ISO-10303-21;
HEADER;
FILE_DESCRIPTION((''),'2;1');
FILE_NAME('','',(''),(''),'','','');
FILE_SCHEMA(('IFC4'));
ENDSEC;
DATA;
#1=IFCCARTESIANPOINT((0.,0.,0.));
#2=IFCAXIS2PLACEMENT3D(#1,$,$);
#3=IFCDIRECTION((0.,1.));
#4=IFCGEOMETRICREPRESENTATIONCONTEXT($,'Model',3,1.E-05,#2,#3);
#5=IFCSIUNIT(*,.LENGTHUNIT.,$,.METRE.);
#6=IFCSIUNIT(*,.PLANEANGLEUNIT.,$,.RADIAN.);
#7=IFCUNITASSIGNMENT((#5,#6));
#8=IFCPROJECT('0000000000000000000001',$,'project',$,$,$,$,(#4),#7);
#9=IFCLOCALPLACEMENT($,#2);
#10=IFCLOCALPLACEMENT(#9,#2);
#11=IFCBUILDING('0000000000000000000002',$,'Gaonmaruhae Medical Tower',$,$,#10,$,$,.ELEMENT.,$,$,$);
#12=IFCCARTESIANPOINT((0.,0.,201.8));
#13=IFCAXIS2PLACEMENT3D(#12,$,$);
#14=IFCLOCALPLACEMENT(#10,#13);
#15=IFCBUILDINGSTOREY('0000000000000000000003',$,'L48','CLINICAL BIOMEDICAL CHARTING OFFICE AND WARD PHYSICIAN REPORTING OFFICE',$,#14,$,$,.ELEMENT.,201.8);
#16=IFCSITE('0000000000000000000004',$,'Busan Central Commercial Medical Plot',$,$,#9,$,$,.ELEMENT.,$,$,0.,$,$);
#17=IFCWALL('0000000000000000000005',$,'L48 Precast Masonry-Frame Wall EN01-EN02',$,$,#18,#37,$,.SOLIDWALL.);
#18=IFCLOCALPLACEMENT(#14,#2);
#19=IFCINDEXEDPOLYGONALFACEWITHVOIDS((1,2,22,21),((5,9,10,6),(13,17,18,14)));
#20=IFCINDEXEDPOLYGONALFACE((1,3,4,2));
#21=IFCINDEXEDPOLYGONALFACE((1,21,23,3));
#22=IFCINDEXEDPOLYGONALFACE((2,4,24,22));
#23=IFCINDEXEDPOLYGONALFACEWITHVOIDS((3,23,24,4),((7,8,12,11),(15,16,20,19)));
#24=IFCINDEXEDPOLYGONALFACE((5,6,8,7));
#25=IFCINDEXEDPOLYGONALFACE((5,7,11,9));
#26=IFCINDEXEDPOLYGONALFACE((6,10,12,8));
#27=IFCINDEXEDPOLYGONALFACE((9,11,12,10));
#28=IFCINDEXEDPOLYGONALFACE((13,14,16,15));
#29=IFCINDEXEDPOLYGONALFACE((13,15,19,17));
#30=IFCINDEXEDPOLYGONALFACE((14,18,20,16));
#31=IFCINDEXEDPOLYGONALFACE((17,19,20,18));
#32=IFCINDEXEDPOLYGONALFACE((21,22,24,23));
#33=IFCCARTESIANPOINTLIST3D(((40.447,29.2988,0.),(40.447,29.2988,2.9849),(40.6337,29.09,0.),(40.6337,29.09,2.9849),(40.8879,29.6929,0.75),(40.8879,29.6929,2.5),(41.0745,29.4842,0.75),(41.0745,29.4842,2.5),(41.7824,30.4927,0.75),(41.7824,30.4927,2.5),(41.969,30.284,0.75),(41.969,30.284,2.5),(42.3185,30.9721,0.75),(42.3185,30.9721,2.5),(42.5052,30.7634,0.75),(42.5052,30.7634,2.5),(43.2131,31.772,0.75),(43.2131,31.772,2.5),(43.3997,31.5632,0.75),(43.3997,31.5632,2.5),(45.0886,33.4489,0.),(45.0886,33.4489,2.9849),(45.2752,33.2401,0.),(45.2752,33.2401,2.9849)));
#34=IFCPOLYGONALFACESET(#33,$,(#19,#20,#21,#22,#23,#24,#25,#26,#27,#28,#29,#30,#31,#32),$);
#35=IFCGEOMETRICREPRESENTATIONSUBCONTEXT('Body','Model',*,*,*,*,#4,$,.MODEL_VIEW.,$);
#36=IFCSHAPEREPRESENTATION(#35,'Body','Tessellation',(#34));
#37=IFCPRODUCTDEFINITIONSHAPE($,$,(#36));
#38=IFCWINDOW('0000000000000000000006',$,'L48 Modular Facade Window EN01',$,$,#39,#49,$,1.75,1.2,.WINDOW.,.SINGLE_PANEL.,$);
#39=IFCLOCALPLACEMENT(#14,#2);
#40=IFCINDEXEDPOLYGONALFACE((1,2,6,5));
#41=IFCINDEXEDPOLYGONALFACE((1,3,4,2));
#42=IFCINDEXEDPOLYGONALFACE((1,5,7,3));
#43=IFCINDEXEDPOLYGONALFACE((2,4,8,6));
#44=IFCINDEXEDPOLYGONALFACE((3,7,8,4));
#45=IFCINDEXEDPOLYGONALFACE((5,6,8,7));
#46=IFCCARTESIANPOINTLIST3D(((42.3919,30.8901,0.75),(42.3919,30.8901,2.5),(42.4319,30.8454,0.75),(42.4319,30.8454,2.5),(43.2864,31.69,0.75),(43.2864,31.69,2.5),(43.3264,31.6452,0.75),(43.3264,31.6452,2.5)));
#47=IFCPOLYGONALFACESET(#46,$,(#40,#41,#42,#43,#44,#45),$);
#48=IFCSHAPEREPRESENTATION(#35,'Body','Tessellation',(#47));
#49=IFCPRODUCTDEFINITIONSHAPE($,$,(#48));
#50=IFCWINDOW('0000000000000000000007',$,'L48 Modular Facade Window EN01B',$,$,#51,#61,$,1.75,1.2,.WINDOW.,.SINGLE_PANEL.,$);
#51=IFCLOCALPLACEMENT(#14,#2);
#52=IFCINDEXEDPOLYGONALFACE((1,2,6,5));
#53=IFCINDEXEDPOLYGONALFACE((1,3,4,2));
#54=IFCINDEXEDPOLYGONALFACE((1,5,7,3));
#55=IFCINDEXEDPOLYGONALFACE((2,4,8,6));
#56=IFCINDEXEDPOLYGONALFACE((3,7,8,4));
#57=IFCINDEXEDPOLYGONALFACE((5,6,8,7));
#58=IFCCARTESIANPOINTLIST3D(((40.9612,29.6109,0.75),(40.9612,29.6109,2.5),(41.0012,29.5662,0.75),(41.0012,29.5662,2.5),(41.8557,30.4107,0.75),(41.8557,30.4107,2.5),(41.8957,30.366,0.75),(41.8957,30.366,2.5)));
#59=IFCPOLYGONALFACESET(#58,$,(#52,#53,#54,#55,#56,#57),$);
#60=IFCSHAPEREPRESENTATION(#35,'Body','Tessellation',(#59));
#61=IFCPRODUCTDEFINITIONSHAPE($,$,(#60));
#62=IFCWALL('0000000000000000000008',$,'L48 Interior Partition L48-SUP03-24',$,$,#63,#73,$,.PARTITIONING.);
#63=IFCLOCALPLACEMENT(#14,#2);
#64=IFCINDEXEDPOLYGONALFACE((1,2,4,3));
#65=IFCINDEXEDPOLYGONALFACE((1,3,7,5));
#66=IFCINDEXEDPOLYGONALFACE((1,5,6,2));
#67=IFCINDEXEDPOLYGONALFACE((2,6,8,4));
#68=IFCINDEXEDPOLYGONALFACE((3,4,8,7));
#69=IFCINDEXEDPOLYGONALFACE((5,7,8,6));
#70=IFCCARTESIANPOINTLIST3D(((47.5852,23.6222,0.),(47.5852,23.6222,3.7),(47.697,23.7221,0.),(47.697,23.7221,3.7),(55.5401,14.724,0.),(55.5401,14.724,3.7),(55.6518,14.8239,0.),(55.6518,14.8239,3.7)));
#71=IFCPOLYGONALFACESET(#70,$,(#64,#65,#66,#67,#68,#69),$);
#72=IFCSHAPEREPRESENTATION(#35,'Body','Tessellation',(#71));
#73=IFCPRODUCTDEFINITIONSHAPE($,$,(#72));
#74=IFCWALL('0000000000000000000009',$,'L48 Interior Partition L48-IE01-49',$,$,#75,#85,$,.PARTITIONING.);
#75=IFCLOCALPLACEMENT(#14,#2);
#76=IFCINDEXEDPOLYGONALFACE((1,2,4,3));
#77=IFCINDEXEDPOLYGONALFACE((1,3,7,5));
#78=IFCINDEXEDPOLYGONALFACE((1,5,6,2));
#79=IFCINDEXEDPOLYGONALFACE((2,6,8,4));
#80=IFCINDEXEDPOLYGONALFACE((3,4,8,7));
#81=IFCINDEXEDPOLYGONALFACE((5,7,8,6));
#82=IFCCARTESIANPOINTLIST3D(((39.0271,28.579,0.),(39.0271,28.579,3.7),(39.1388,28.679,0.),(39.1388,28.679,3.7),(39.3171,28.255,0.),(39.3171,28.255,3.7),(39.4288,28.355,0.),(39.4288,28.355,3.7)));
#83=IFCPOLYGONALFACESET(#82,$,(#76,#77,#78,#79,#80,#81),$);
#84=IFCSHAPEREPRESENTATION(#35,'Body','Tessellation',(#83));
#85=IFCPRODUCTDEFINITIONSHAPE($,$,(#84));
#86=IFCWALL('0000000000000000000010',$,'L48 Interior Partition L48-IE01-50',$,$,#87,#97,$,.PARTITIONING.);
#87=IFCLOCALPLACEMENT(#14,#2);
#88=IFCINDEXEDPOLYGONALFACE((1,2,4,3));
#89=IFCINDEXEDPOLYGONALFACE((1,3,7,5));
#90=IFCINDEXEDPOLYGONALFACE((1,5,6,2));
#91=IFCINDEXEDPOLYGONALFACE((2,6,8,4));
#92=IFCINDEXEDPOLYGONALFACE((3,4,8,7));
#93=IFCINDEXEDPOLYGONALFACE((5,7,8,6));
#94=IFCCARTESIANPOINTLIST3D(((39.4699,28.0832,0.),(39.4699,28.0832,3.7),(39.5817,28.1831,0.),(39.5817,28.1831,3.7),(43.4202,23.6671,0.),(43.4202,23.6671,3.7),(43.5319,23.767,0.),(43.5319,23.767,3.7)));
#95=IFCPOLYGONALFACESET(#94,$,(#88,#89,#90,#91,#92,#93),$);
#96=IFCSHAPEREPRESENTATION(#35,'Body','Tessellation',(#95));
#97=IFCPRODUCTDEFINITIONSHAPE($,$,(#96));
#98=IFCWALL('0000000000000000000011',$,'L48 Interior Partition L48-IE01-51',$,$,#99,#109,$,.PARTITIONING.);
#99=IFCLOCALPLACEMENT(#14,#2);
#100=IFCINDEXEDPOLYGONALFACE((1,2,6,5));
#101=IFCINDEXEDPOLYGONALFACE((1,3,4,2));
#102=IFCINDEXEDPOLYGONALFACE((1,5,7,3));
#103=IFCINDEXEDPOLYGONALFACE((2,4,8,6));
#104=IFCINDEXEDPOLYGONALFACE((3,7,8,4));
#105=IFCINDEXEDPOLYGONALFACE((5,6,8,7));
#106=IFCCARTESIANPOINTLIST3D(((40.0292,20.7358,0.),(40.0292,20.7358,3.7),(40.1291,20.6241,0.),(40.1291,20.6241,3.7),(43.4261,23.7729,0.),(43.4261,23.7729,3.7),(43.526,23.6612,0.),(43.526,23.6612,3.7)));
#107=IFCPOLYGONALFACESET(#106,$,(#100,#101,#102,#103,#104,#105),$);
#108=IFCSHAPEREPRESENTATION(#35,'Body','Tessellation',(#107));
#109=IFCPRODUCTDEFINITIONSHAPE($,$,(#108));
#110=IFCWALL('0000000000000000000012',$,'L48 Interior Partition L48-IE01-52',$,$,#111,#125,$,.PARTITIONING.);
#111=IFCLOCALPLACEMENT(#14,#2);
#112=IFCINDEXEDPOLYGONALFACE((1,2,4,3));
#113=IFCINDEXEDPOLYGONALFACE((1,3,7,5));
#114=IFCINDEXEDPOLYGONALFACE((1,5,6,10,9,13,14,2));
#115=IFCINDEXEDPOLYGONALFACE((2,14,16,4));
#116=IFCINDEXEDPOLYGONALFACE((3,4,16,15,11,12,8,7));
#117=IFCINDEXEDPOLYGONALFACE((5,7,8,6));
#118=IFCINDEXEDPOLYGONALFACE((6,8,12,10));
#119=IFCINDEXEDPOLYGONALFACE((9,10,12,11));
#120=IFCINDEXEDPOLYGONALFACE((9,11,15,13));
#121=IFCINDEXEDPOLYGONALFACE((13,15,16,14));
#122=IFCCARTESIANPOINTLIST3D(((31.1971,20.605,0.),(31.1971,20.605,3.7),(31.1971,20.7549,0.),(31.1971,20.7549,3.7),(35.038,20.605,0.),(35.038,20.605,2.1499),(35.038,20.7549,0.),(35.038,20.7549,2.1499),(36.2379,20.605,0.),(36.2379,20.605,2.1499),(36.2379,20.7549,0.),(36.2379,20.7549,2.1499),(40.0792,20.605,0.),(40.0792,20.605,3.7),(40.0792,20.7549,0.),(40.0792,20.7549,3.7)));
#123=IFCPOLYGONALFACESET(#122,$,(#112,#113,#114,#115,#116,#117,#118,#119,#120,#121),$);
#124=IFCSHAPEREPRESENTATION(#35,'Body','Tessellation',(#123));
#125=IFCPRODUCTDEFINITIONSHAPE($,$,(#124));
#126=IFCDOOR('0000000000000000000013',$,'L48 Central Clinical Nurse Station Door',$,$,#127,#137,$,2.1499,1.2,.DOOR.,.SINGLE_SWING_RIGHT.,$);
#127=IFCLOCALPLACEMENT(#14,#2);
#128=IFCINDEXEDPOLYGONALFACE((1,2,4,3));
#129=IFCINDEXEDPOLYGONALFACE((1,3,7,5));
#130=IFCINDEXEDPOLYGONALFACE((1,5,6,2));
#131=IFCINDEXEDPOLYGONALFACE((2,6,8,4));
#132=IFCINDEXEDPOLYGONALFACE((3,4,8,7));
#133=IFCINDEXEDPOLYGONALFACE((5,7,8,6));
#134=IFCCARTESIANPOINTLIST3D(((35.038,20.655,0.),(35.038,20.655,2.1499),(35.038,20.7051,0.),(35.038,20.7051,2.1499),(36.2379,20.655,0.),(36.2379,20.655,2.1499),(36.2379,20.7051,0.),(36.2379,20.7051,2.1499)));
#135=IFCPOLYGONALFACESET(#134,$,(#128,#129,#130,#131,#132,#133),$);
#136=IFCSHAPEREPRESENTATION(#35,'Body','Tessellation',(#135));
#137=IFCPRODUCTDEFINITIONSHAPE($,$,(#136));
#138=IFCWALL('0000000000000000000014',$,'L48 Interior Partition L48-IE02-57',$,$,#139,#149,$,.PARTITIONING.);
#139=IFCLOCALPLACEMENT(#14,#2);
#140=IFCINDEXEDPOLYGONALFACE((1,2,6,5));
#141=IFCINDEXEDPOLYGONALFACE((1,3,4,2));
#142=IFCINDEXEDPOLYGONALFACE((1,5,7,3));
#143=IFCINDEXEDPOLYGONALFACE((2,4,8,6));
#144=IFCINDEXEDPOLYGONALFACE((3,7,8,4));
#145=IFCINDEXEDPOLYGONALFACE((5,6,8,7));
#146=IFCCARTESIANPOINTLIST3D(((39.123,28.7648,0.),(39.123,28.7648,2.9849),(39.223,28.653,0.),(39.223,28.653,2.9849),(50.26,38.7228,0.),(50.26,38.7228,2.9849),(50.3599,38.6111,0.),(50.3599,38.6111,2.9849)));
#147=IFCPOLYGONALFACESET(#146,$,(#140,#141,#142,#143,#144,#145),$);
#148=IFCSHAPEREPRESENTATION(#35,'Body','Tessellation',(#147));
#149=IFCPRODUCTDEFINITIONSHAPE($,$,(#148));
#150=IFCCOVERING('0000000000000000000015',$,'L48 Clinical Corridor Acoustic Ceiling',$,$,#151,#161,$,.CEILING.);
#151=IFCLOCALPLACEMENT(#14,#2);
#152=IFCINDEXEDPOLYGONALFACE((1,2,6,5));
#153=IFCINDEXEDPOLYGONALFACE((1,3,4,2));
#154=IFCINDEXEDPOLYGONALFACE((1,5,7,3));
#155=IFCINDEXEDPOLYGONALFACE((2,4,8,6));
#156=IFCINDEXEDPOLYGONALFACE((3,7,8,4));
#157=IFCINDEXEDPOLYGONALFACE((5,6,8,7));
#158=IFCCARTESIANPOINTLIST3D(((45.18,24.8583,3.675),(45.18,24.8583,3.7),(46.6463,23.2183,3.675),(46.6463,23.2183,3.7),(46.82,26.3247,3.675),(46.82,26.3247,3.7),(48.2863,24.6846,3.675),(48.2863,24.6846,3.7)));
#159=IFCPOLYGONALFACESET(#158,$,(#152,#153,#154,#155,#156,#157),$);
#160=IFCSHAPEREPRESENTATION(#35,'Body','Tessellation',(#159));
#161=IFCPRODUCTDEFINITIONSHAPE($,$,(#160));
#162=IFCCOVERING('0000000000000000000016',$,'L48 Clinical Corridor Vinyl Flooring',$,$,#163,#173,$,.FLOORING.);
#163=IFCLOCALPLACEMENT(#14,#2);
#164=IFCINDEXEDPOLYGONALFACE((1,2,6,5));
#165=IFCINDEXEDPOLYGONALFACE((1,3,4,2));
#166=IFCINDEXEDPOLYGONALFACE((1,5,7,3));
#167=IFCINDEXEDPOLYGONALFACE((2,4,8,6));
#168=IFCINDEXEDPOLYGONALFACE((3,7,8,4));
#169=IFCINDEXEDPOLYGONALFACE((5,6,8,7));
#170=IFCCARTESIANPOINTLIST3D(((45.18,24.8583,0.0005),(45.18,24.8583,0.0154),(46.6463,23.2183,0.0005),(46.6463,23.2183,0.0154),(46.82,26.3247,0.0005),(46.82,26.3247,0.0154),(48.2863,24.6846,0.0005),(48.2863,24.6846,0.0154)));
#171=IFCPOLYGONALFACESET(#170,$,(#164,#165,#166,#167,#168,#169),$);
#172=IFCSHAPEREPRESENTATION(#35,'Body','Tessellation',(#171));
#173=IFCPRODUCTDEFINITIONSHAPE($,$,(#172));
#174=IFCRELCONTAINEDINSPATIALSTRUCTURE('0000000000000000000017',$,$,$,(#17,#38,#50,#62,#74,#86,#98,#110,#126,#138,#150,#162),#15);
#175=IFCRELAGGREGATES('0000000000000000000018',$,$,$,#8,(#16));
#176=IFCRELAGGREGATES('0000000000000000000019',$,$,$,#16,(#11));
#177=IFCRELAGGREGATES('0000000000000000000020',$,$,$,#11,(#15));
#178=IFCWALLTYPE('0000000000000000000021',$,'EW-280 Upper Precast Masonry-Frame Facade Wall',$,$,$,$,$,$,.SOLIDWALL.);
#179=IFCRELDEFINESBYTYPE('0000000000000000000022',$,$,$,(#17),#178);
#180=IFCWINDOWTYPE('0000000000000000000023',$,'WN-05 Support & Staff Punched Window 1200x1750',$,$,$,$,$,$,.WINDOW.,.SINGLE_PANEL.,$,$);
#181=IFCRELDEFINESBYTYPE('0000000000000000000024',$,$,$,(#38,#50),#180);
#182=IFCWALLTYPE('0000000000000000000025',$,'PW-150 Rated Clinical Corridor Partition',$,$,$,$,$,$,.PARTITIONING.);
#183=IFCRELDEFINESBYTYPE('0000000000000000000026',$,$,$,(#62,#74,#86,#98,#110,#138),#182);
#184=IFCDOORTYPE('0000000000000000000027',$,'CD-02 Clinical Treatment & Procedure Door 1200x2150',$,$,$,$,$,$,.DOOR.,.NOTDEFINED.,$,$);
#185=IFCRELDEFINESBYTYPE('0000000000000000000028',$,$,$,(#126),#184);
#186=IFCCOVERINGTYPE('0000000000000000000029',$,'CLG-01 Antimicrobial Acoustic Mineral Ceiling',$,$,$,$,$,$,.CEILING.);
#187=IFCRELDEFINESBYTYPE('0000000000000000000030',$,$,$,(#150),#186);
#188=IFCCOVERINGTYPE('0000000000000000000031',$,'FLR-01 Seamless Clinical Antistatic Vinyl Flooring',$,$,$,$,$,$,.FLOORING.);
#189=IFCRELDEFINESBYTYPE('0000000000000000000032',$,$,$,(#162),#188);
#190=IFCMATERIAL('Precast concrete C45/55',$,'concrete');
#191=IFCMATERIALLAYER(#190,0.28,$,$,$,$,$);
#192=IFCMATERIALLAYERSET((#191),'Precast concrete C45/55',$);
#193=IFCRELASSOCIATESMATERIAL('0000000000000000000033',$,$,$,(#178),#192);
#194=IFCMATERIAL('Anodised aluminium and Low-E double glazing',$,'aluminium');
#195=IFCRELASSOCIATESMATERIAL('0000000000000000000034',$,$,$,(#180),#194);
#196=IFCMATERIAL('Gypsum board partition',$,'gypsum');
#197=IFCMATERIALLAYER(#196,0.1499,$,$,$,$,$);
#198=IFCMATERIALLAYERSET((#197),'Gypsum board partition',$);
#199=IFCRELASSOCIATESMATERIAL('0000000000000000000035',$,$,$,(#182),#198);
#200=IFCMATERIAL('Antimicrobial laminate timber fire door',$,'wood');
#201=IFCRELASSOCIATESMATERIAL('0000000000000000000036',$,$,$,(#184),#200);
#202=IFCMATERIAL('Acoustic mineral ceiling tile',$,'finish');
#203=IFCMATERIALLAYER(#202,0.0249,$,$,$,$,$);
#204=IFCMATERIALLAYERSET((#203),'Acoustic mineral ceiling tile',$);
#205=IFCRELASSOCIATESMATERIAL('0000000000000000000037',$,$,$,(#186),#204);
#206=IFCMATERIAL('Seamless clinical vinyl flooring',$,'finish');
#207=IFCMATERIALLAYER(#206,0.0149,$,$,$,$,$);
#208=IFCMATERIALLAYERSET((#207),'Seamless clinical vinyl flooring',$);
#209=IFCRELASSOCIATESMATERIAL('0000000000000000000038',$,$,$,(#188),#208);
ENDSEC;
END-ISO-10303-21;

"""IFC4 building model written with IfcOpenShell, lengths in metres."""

from ifc_helpers import new_model, si_unit, direction, frame, frame_2d, origin, origin_2d, place, context, subcontext, project, spatial, rectangle, extrude, material, layer, layer_set, type_object, element, fill, save


model = new_model("IFC4")

# Units and contexts
model_context = context("Model", 3, precision=1e-05, world=origin(), true_north=direction((0.0, 1.0)))
body_context = subcontext(model_context, "Body", "Model", "MODEL_VIEW")
ifc_project = project(units=[si_unit("LENGTHUNIT", "METRE"), si_unit("PLANEANGLEUNIT", "RADIAN")], contexts=[model_context])

# Site, building, storey
site_placement = place(None, origin())
site = spatial("IfcSite", under=ifc_project, at=site_placement, Name="Busan Central Commercial Medical Plot", CompositionType="ELEMENT", RefElevation=0.0)
building_placement = place(site_placement, origin())
building = spatial("IfcBuilding", under=site, at=building_placement, Name="Gaonmaruhae Medical Tower", CompositionType="ELEMENT")
storey_placement = place(building_placement, frame((0.0, 0.0, 201.8)))
storey = spatial("IfcBuildingStorey", under=building, at=storey_placement, Name="L48", Description="CLINICAL BIOMEDICAL CHARTING OFFICE AND WARD PHYSICIAN REPORTING OFFICE", CompositionType="ELEMENT", Elevation=201.8)

# Shared definitions
ifc_material_1 = material(Name="Precast concrete C45/55", Category="concrete")
ifc_layer_1 = layer(ifc_material_1, 0.28)
ifc_layer_set_1 = layer_set([ifc_layer_1], Name="Precast concrete C45/55")
wall_type_1 = type_object("IfcWallType", Name="EW-280 Upper Precast Masonry-Frame Facade Wall", PredefinedType="SOLIDWALL", material=ifc_layer_set_1)
ifc_material_2 = material(Name="Anodised aluminium and Low-E double glazing", Category="aluminium")

# Wall, openings, windows
wall_1_placement = place(storey_placement, frame((40.5403, 29.1943, 0.0), z_axis=(0.0, 0.0, 1.0), x_axis=(0.74547, 0.666539, 0.0)))
wall_1 = element("IfcWall", 1, at=wall_1_placement, inside=storey, type_object=wall_type_1, Name="L48 Precast Masonry-Frame Wall EN01-EN02", PredefinedType="SOLIDWALL", context=body_context, shape_type="SweptSolid", body=[
    extrude(rectangle(XDim=6.2263, YDim=0.28, at=frame_2d((3.1133, 0.0))), origin(), (0.0, 0.0, 1.0), 2.9849),
])
opening_1_placement = place(wall_1_placement, frame((2.5105, 0.0, 0.75)))
opening_1 = element("IfcOpeningElement", 2, at=opening_1_placement, cuts=wall_1, PredefinedType="OPENING", context=body_context, shape_type="SweptSolid", body=[
    extrude(rectangle(XDim=1.2, YDim=1.75, at=frame_2d((0.6001, 0.875))), frame((0.0, 0.1499, 0.0), z_axis=(0.0, -1.0, 0.0), x_axis=(1.0, 0.0, 0.0)), (0.0, 0.0, 1.0), 0.3),
])
opening_2_placement = place(wall_1_placement, frame((0.5913, 0.0, 0.75)))
opening_2 = element("IfcOpeningElement", 3, at=opening_2_placement, cuts=wall_1, PredefinedType="OPENING", context=body_context, shape_type="SweptSolid", body=[
    extrude(rectangle(XDim=1.2, YDim=1.75, at=frame_2d((0.6001, 0.875))), frame((0.0, 0.1499, 0.0), z_axis=(0.0, -1.0, 0.0), x_axis=(1.0, 0.0, 0.0)), (0.0, 0.0, 1.0), 0.3),
])
window_type_1 = type_object("IfcWindowType", Name="WN-05 Support & Staff Punched Window 1200x1750", PartitioningType="SINGLE_PANEL", PredefinedType="WINDOW", material=ifc_material_2)
window_1_placement = place(opening_1_placement, origin())
window_1 = element("IfcWindow", 4, at=window_1_placement, inside=storey, type_object=window_type_1, Name="L48 Modular Facade Window EN01", OverallHeight=1.75, OverallWidth=1.2, PartitioningType="SINGLE_PANEL", PredefinedType="WINDOW", context=body_context, shape_type="SweptSolid", body=[
    extrude(rectangle(XDim=1.2, YDim=1.75, at=frame_2d((0.6001, 0.875))), frame((0.0, 0.03, 0.0), z_axis=(0.0, -1.0, 0.0), x_axis=(1.0, 0.0, 0.0)), (0.0, 0.0, 1.0), 0.0601),
])
fill(opening_1, window_1)
window_2_placement = place(opening_2_placement, origin())
window_2 = element("IfcWindow", 5, at=window_2_placement, inside=storey, type_object=window_type_1, Name="L48 Modular Facade Window EN01B", OverallHeight=1.75, OverallWidth=1.2, PartitioningType="SINGLE_PANEL", PredefinedType="WINDOW", context=body_context, shape_type="SweptSolid", body=[
    extrude(rectangle(XDim=1.2, YDim=1.75, at=frame_2d((0.6001, 0.875))), frame((0.0, 0.03, 0.0), z_axis=(0.0, -1.0, 0.0), x_axis=(1.0, 0.0, 0.0)), (0.0, 0.0, 1.0), 0.0601),
])
fill(opening_2, window_2)

# Walls
ifc_material_3 = material(Name="Gypsum board partition", Category="gypsum")
ifc_layer_2 = layer(ifc_material_3, 0.1499)
ifc_layer_set_2 = layer_set([ifc_layer_2], Name="Gypsum board partition")
wall_type_2 = type_object("IfcWallType", Name="PW-150 Rated Clinical Corridor Partition", PredefinedType="PARTITIONING", material=ifc_layer_set_2)
wall_2_placement = place(storey_placement, frame((47.6411, 23.6721, 0.0), z_axis=(0.0, 0.0, 1.0), x_axis=(0.666483, -0.745521, 0.0)))
element("IfcWall", 6, at=wall_2_placement, inside=storey, type_object=wall_type_2, Name="L48 Interior Partition L48-SUP03-24", PredefinedType="PARTITIONING", context=body_context, shape_type="SweptSolid", body=[
    extrude(rectangle(XDim=11.9355, YDim=0.1499, at=frame_2d((5.9678, 0.0))), origin(), (0.0, 0.0, 1.0), 3.7),
])
wall_3_placement = place(storey_placement, frame((39.083, 28.6289, 0.0), z_axis=(0.0, 0.0, 1.0), x_axis=(0.667008, -0.74505, 0.0)))
element("IfcWall", 7, at=wall_3_placement, inside=storey, type_object=wall_type_2, Name="L48 Interior Partition L48-IE01-49", PredefinedType="PARTITIONING", context=body_context, shape_type="SweptSolid", body=[
    extrude(rectangle(XDim=0.4348, YDim=0.1499, at=frame_2d((0.2173, 0.0))), origin(), (0.0, 0.0, 1.0), 3.7),
])
wall_4_placement = place(storey_placement, frame((39.5259, 28.1331, 0.0), z_axis=(0.0, 0.0, 1.0), x_axis=(0.666703, -0.745323, 0.0)))
element("IfcWall", 8, at=wall_4_placement, inside=storey, type_object=wall_type_2, Name="L48 Interior Partition L48-IE01-50", PredefinedType="PARTITIONING", context=body_context, shape_type="SweptSolid", body=[
    extrude(rectangle(XDim=5.925, YDim=0.1499, at=frame_2d((2.9624, 0.0))), origin(), (0.0, 0.0, 1.0), 3.7),
])
wall_5_placement = place(storey_placement, frame((43.4761, 23.717, 0.0), z_axis=(0.0, 0.0, 1.0), x_axis=(-0.745491, -0.666516, 0.0)))
element("IfcWall", 9, at=wall_5_placement, inside=storey, type_object=wall_type_2, Name="L48 Interior Partition L48-IE01-51", PredefinedType="PARTITIONING", context=body_context, shape_type="SweptSolid", body=[
    extrude(rectangle(XDim=4.5566, YDim=0.1499, at=frame_2d((2.2783, 0.0))), origin(), (0.0, 0.0, 1.0), 3.7),
])

# Wall, opening, door
wall_6_placement = place(storey_placement, frame((40.0791, 20.6799, 0.0), z_axis=(0.0, 0.0, 1.0), x_axis=(-1.0, 0.0, 0.0)))
wall_6 = element("IfcWall", 10, at=wall_6_placement, inside=storey, type_object=wall_type_2, Name="L48 Interior Partition L48-IE01-52", PredefinedType="PARTITIONING", context=body_context, shape_type="SweptSolid", body=[
    extrude(rectangle(XDim=8.8821, YDim=0.1499, at=frame_2d((4.4409, 0.0))), origin(), (0.0, 0.0, 1.0), 3.7),
])
opening_3_placement = place(wall_6_placement, frame((3.8411, 0.0, 0.0)))
opening_3 = element("IfcOpeningElement", 11, at=opening_3_placement, cuts=wall_6, PredefinedType="OPENING", context=body_context, shape_type="SweptSolid", body=[
    extrude(rectangle(XDim=1.2, YDim=2.1499, at=frame_2d((0.6001, 1.075))), frame((0.0, 0.085, 0.0), z_axis=(0.0, -1.0, 0.0), x_axis=(1.0, 0.0, 0.0)), (0.0, 0.0, 1.0), 0.1699),
])
ifc_material_4 = material(Name="Antimicrobial laminate timber fire door", Category="wood")
door_type = type_object("IfcDoorType", Name="CD-02 Clinical Treatment & Procedure Door 1200x2150", OperationType="NOTDEFINED", PredefinedType="DOOR", material=ifc_material_4)
door_placement = place(opening_3_placement, origin())
door = element("IfcDoor", 12, at=door_placement, inside=storey, type_object=door_type, Name="L48 Central Clinical Nurse Station Door", OperationType="SINGLE_SWING_RIGHT", OverallHeight=2.1499, OverallWidth=1.2, PredefinedType="DOOR", context=body_context, shape_type="SweptSolid", body=[
    extrude(rectangle(XDim=1.2, YDim=2.1499, at=frame_2d((0.6001, 1.075))), frame((0.0, 0.0249, 0.0), z_axis=(0.0, -1.0, 0.0), x_axis=(1.0, 0.0, 0.0)), (0.0, 0.0, 1.0), 0.05),
])
fill(opening_3, door)

# Wall
wall_7_placement = place(storey_placement, frame((39.1731, 28.709, 0.0), z_axis=(0.0, 0.0, 1.0), x_axis=(0.745462, 0.666548, 0.0)))
element("IfcWall", 13, at=wall_7_placement, inside=storey, type_object=wall_type_2, Name="L48 Interior Partition L48-IE02-57", PredefinedType="PARTITIONING", context=body_context, shape_type="SweptSolid", body=[
    extrude(rectangle(XDim=14.9397, YDim=0.1499, at=frame_2d((7.4697, 0.0))), origin(), (0.0, 0.0, 1.0), 2.9849),
])

# Coverings
ifc_material_5 = material(Name="Acoustic mineral ceiling tile", Category="finish")
ifc_layer_3 = layer(ifc_material_5, 0.0249)
ifc_layer_set_3 = layer_set([ifc_layer_3], Name="Acoustic mineral ceiling tile")
covering_type_1 = type_object("IfcCoveringType", Name="CLG-01 Antimicrobial Acoustic Mineral Ceiling", PredefinedType="CEILING", material=ifc_layer_set_3)
covering_1_placement = place(storey_placement, frame((46.7332, 24.7715, 3.675), z_axis=(0.0, 0.0, 1.0), x_axis=(0.745476, 0.666532, 0.0)))
element("IfcCovering", 14, at=covering_1_placement, inside=storey, type_object=covering_type_1, Name="L48 Clinical Corridor Acoustic Ceiling", PredefinedType="CEILING", context=body_context, shape_type="SweptSolid", body=[
    extrude(rectangle(XDim=2.2, YDim=2.2, at=origin_2d()), origin(), (0.0, 0.0, 1.0), 0.0249),
])
ifc_material_6 = material(Name="Seamless clinical vinyl flooring", Category="finish")
ifc_layer_4 = layer(ifc_material_6, 0.0149)
ifc_layer_set_4 = layer_set([ifc_layer_4], Name="Seamless clinical vinyl flooring")
covering_type_2 = type_object("IfcCoveringType", Name="FLR-01 Seamless Clinical Antistatic Vinyl Flooring", PredefinedType="FLOORING", material=ifc_layer_set_4)
covering_2_placement = place(storey_placement, frame((46.7332, 24.7715, 0.0005), z_axis=(0.0, 0.0, 1.0), x_axis=(0.745476, 0.666532, 0.0)))
element("IfcCovering", 15, at=covering_2_placement, inside=storey, type_object=covering_type_2, Name="L48 Clinical Corridor Vinyl Flooring", PredefinedType="FLOORING", context=body_context, shape_type="SweptSolid", body=[
    extrude(rectangle(XDim=2.2, YDim=2.2, at=origin_2d()), origin(), (0.0, 0.0, 1.0), 0.0149),
])

save(model, "model.ifc")
